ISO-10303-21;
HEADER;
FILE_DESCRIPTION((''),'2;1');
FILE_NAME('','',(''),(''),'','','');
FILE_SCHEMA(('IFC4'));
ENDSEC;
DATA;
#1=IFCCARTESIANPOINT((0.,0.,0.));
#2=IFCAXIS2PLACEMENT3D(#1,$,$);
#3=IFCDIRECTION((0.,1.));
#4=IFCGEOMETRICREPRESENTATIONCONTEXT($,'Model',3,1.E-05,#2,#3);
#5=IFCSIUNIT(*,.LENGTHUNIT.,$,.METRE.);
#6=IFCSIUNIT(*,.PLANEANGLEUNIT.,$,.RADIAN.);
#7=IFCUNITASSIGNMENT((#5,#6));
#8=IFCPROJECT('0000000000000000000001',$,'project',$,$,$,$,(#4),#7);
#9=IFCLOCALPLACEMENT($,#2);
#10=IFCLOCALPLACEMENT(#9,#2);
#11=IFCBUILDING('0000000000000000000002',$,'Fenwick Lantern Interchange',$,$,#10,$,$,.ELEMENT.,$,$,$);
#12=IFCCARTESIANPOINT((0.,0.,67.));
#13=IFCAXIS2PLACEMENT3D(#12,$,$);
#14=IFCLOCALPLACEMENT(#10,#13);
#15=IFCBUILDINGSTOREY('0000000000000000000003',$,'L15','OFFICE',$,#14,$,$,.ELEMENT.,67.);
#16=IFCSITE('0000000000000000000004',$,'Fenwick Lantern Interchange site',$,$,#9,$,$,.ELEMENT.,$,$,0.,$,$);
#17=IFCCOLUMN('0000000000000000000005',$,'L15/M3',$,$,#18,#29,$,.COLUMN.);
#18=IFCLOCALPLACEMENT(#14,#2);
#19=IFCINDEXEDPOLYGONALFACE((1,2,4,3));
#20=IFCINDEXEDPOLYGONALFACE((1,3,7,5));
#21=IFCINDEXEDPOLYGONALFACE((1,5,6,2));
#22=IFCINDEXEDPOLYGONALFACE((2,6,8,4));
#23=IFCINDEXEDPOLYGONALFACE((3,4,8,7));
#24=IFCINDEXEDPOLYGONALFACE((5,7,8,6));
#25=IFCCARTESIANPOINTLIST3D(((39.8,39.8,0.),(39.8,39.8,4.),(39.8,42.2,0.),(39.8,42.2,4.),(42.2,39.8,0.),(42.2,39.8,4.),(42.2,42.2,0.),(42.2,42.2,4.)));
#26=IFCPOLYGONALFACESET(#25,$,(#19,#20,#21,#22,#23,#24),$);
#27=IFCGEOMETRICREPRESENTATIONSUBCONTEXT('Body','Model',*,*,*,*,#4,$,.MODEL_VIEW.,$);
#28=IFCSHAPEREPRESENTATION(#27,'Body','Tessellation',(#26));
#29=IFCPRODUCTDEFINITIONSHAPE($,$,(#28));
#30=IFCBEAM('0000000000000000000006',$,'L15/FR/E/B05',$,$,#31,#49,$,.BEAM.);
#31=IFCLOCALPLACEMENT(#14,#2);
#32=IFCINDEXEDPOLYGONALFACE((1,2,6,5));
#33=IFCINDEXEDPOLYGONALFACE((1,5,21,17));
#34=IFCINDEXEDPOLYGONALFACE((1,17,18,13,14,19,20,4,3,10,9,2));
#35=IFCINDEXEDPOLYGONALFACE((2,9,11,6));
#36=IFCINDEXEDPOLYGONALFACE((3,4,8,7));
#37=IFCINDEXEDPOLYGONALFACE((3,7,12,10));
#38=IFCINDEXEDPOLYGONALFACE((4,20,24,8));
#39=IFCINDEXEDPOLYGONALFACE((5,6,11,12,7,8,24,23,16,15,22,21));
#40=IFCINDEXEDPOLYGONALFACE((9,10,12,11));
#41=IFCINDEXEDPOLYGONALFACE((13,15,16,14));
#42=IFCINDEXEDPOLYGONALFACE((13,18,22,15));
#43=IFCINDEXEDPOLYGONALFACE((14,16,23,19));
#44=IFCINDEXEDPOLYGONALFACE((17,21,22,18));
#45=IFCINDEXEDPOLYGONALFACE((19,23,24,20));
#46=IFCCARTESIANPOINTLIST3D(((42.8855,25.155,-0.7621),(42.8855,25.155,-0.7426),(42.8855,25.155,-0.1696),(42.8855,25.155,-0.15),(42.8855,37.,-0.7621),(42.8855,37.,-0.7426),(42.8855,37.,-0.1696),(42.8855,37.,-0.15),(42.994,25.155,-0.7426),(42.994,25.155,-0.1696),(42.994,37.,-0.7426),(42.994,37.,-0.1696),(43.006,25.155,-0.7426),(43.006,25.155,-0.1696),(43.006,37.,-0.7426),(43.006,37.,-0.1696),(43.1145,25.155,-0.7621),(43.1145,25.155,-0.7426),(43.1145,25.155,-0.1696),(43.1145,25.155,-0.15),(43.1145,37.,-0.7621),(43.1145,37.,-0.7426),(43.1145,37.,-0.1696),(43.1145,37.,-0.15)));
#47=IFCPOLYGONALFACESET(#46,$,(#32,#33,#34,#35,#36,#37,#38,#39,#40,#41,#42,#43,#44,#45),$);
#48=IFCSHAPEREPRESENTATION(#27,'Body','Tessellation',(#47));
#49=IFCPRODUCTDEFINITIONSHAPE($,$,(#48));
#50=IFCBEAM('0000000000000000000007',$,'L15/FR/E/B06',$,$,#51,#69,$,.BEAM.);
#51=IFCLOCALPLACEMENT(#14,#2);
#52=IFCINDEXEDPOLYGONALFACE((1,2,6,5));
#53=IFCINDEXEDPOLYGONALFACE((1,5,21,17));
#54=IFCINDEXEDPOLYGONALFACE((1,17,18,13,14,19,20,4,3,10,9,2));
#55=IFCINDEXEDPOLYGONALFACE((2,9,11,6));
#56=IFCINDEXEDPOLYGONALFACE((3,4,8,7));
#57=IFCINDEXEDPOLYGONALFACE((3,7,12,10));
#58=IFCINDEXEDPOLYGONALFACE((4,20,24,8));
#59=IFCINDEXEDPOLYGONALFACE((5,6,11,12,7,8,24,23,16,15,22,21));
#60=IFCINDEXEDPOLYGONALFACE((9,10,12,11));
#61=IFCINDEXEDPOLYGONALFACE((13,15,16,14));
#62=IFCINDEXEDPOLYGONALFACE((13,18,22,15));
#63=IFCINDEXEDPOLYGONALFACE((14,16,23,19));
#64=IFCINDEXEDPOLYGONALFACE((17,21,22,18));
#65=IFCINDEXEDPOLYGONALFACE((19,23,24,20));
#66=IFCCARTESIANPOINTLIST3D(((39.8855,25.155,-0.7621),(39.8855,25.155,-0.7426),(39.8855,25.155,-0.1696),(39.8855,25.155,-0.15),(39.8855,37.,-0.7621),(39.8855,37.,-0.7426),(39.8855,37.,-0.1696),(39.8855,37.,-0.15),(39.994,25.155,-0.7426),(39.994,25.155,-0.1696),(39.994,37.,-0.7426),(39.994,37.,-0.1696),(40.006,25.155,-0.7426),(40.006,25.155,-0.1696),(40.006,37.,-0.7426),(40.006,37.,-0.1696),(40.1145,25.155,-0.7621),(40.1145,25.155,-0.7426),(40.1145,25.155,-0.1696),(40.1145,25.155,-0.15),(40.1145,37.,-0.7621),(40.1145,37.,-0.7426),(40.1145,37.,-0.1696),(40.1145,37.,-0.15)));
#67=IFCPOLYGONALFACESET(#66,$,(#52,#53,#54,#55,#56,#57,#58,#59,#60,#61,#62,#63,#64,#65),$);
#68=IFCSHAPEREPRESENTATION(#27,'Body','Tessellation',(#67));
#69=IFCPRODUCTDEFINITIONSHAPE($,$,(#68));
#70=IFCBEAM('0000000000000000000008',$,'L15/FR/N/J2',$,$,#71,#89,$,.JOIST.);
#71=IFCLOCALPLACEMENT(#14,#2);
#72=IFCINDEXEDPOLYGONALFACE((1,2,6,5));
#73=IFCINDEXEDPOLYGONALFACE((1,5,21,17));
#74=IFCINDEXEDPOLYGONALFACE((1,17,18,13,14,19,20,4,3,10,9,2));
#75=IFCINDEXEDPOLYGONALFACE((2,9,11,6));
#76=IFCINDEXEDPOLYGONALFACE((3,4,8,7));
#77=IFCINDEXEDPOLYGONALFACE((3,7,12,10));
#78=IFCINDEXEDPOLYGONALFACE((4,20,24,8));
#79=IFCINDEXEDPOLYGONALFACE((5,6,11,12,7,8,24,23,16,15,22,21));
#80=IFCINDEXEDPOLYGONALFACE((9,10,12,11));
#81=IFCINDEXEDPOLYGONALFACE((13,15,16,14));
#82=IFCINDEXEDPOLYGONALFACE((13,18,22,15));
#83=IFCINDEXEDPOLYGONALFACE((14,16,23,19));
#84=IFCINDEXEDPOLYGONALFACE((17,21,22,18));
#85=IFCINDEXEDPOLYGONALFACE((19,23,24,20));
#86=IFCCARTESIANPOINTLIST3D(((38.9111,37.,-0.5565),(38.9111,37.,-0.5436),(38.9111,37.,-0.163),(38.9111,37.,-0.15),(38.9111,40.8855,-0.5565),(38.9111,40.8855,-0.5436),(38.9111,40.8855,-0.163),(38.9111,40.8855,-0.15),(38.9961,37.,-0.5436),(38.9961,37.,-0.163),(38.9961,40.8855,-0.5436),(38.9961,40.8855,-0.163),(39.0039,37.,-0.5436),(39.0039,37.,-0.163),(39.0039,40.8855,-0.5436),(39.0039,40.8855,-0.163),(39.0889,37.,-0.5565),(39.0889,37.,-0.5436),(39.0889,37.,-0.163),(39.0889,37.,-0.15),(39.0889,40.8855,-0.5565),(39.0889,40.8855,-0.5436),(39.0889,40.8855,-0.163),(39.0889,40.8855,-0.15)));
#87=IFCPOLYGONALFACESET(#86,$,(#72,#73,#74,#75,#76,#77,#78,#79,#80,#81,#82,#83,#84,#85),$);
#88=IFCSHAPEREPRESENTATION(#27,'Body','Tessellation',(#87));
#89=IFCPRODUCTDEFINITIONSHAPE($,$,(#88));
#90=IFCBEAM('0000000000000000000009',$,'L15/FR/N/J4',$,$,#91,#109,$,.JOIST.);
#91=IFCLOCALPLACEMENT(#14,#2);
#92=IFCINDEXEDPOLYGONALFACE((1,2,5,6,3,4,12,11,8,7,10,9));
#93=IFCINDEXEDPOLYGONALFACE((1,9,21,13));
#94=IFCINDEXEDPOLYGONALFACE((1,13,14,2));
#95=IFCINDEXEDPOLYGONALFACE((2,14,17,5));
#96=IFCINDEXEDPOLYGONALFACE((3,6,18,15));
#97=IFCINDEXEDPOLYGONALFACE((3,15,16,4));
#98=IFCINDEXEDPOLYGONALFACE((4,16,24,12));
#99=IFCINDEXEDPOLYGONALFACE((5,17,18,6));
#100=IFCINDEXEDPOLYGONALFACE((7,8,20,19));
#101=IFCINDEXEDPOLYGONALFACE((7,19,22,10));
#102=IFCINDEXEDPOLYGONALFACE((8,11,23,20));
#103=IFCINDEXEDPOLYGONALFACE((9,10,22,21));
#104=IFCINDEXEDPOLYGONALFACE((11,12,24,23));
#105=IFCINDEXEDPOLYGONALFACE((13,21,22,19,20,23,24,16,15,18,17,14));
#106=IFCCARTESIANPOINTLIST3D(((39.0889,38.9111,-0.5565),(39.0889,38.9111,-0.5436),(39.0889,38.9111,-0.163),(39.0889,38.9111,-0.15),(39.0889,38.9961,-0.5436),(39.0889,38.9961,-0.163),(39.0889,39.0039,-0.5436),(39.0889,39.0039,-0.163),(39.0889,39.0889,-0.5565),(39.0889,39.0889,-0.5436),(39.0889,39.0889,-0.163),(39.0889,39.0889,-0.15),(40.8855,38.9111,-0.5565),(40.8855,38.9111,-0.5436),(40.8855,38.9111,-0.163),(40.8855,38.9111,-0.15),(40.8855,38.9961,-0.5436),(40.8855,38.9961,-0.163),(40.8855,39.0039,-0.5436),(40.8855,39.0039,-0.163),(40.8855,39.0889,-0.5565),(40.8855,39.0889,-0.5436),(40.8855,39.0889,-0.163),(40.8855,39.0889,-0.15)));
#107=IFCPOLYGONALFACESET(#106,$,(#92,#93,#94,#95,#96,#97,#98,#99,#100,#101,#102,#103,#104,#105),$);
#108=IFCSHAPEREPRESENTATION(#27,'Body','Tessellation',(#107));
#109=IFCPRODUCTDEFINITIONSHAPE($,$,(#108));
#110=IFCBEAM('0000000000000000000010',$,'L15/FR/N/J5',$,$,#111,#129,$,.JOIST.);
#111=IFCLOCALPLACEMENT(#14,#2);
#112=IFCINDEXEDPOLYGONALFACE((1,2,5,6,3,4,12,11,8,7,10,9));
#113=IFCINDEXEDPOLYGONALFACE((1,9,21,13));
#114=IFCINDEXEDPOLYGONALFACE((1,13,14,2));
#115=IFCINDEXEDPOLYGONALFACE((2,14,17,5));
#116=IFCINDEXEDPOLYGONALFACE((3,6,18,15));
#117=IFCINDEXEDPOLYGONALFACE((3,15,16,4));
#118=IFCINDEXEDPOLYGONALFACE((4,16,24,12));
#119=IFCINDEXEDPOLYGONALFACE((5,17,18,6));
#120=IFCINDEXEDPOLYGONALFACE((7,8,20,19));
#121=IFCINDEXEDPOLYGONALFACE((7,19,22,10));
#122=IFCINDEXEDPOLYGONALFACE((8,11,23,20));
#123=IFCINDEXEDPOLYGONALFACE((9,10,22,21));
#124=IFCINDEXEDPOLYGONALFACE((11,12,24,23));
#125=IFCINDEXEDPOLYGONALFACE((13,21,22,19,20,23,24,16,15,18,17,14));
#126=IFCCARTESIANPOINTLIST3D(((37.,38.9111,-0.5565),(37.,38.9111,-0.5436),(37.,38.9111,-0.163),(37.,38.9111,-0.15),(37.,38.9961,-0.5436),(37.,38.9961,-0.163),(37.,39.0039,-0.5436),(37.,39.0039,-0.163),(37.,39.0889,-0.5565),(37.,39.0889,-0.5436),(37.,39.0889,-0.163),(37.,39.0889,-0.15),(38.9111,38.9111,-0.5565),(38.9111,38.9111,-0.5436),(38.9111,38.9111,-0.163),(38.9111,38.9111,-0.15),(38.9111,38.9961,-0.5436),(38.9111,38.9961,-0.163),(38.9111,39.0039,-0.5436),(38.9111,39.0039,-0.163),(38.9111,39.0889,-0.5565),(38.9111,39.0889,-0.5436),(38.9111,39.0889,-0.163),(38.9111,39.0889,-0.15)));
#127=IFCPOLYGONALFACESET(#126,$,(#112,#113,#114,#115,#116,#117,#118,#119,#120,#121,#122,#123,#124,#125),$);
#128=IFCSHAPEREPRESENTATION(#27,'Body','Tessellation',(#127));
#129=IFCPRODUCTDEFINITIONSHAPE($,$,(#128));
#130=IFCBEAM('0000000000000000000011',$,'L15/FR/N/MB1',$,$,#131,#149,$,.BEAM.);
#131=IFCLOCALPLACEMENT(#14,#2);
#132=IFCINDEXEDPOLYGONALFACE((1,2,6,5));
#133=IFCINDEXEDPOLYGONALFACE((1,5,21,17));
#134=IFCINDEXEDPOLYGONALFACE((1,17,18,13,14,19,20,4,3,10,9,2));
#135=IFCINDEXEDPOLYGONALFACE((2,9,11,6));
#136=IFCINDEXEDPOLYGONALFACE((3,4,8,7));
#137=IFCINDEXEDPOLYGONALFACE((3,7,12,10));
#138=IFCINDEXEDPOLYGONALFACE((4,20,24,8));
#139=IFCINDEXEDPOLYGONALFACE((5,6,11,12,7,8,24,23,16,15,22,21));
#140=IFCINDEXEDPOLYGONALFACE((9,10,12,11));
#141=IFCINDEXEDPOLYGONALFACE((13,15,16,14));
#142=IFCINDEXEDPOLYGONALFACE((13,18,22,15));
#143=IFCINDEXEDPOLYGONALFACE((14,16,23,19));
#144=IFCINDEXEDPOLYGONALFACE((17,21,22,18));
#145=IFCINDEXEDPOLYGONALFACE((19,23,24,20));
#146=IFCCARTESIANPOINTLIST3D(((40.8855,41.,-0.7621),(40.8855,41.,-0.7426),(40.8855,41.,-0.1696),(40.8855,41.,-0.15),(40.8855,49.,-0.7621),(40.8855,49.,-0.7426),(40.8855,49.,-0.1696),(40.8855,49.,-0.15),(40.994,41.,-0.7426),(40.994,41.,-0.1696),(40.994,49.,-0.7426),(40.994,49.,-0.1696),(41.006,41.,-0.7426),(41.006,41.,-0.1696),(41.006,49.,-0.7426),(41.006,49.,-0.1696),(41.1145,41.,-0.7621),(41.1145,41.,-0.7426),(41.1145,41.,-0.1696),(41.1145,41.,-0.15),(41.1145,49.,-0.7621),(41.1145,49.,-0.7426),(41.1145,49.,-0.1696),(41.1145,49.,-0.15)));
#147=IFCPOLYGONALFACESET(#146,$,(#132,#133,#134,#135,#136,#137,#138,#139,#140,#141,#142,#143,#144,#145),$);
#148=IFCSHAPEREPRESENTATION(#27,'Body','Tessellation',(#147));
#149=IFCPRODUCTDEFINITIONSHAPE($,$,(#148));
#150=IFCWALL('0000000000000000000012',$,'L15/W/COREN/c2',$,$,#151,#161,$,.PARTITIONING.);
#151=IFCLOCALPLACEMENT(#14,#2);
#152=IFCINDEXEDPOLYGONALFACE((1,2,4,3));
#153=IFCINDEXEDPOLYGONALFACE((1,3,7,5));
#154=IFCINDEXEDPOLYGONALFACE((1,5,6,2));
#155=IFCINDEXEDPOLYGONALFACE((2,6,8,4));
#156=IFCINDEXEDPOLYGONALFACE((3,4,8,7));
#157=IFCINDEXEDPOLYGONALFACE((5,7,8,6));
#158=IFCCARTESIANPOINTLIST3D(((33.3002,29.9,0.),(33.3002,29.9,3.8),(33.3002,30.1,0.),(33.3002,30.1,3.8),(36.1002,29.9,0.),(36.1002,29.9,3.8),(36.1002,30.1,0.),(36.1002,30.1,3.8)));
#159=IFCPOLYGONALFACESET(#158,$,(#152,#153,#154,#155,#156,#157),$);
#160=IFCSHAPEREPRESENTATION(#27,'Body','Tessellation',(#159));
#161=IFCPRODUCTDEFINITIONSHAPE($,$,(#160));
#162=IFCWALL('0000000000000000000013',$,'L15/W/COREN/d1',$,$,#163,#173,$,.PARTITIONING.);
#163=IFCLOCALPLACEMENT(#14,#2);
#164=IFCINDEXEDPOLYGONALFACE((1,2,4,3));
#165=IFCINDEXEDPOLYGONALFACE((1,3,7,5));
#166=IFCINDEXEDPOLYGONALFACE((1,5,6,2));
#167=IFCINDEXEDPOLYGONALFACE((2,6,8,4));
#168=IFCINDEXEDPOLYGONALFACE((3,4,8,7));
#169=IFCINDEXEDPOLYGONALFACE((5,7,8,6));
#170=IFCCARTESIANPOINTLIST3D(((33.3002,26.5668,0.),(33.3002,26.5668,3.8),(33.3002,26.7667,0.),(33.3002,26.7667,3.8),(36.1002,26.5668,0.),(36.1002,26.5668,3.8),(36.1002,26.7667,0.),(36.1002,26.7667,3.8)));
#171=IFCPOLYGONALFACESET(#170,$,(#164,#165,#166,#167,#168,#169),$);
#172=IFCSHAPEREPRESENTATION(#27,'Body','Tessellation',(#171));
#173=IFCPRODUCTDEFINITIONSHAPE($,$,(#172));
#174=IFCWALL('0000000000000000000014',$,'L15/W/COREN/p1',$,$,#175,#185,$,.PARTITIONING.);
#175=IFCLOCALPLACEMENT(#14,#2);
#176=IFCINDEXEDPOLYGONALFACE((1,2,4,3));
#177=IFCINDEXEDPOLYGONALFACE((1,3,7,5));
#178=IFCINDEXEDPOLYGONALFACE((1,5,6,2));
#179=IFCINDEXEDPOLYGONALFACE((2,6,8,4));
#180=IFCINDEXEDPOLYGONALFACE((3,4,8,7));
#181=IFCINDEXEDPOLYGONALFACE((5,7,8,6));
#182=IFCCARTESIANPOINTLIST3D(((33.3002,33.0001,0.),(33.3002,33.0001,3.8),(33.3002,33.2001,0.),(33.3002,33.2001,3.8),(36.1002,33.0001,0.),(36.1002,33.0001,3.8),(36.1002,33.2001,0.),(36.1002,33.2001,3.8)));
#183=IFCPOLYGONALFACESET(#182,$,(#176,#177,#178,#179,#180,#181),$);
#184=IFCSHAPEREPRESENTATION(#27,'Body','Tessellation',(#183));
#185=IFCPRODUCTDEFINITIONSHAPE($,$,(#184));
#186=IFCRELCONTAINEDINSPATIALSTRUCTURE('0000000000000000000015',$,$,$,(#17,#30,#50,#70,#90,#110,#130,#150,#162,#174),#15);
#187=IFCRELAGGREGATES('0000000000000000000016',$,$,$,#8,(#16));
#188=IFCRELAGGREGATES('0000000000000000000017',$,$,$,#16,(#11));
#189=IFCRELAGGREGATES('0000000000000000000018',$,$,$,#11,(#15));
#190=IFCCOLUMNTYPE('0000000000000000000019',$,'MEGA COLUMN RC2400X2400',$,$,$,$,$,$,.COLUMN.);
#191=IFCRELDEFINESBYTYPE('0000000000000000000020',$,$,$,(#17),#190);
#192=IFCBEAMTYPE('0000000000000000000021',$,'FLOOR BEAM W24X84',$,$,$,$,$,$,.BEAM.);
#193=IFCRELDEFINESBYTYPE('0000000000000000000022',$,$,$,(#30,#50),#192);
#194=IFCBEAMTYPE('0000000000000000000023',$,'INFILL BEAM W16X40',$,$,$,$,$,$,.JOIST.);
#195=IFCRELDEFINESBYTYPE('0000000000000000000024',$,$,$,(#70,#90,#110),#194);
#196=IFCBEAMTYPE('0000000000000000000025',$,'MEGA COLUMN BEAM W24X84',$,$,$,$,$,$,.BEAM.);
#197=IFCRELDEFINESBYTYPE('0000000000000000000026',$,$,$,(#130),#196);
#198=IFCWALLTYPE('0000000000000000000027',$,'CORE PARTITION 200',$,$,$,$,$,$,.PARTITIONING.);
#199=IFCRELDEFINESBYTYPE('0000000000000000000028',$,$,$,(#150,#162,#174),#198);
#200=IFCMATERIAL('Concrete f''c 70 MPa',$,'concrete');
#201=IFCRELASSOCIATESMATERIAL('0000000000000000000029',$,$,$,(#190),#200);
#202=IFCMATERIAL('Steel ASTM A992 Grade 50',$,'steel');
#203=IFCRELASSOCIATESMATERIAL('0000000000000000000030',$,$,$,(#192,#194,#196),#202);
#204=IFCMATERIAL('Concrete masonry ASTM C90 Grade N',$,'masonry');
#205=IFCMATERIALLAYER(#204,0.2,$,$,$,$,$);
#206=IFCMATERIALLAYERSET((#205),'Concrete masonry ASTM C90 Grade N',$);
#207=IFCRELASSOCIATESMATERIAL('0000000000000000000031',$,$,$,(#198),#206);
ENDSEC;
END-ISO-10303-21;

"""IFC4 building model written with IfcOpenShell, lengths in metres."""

from ifc_helpers import new_model, si_unit, direction, frame, frame_2d, origin, origin_2d, place, context, subcontext, project, spatial, rectangle, i_section, extrude, material, layer, layer_set, material_profile, profile_set, type_object, element, save


model = new_model("IFC4")

# Units and contexts
model_context = context("Model", 3, precision=1e-05, world=origin(), true_north=direction((0.0, 1.0)))
body_context = subcontext(model_context, "Body", "Model", "MODEL_VIEW")
ifc_project = project(units=[si_unit("LENGTHUNIT", "METRE"), si_unit("PLANEANGLEUNIT", "RADIAN")], contexts=[model_context])

# Site, building, storey
site_placement = place(None, origin())
site = spatial("IfcSite", under=ifc_project, at=site_placement, Name="Fenwick Lantern Interchange site", CompositionType="ELEMENT", RefElevation=0.0)
building_placement = place(site_placement, origin())
building = spatial("IfcBuilding", under=site, at=building_placement, Name="Fenwick Lantern Interchange", CompositionType="ELEMENT")
storey_placement = place(building_placement, frame((0.0, 0.0, 67.0)))
storey = spatial("IfcBuildingStorey", under=building, at=storey_placement, Name="L15", Description="OFFICE", CompositionType="ELEMENT", Elevation=67.0)

# Column
ifc_material_1 = material(Name="Concrete f'c 70 MPa", Category="concrete")
ifc_material_profile_1 = material_profile(ifc_material_1, rectangle(XDim=2.3999, YDim=2.3999, at=origin_2d()), Name="RC2400X2400")
ifc_profile_set_1 = profile_set([ifc_material_profile_1], Name="Concrete f'c 70 MPa")
column_type = type_object("IfcColumnType", Name="MEGA COLUMN RC2400X2400", PredefinedType="COLUMN", material=ifc_profile_set_1)
column_placement = place(storey_placement, frame((41.0, 41.0, 0.0), z_axis=(0.0, 0.0, 1.0), x_axis=(1.0, 0.0, 0.0)))
element("IfcColumn", 1, at=column_placement, inside=storey, type_object=column_type, Name="L15/M3", PredefinedType="COLUMN", context=body_context, shape_type="SweptSolid", body=[
    extrude(rectangle(XDim=2.3999, YDim=2.3999, at=origin_2d()), origin(), (0.0, 0.0, 1.0), 4.0),
])

# Beams
ifc_material_2 = material(Name="Steel ASTM A992 Grade 50", Category="steel")
ifc_material_profile_2 = material_profile(ifc_material_2, i_section(OverallWidth=0.229, OverallDepth=0.6121, WebThickness=0.012, FlangeThickness=0.0195, at=origin_2d()), Name="W24X84")
ifc_profile_set_2 = profile_set([ifc_material_profile_2], Name="Steel ASTM A992 Grade 50")
beam_type_1 = type_object("IfcBeamType", Name="FLOOR BEAM W24X84", PredefinedType="BEAM", material=ifc_profile_set_2)
for number, where, z_axis, x_axis, name in (
    (2, (43.0, 25.155, -0.4561), (0.0, 1.0, 0.0), (-1.0, 0.0, 0.0), "L15/FR/E/B05"),
    (3, (40.0, 25.155, -0.4561), (0.0, 1.0, 0.0), (-1.0, 0.0, 0.0), "L15/FR/E/B06"),
):
    element("IfcBeam", number, at=place(storey_placement, frame(where, z_axis=z_axis, x_axis=x_axis)), inside=storey, type_object=beam_type_1, Name=name, PredefinedType="BEAM", context=body_context, shape_type="SweptSolid", body=[
        extrude(i_section(OverallWidth=0.229, OverallDepth=0.6121, WebThickness=0.012, FlangeThickness=0.0195, at=origin_2d()), origin(), (0.0, 0.0, 1.0), 11.845),
    ])
ifc_material_profile_3 = material_profile(ifc_material_2, i_section(OverallWidth=0.1777, OverallDepth=0.4065, WebThickness=0.0078, FlangeThickness=0.0129, at=origin_2d()), Name="W16X40")
ifc_profile_set_3 = profile_set([ifc_material_profile_3], Name="Steel ASTM A992 Grade 50")
beam_type_2 = type_object("IfcBeamType", Name="INFILL BEAM W16X40", PredefinedType="JOIST", material=ifc_profile_set_3)
beam_1_placement = place(storey_placement, frame((39.0, 40.8855, -0.3533), z_axis=(0.0, -1.0, 0.0), x_axis=(1.0, 0.0, 0.0)))
element("IfcBeam", 4, at=beam_1_placement, inside=storey, type_object=beam_type_2, Name="L15/FR/N/J2", PredefinedType="JOIST", context=body_context, shape_type="SweptSolid", body=[
    extrude(i_section(OverallWidth=0.1777, OverallDepth=0.4065, WebThickness=0.0078, FlangeThickness=0.0129, at=origin_2d()), origin(), (0.0, 0.0, 1.0), 3.8855),
])
beam_2_placement = place(storey_placement, frame((40.8855, 39.0, -0.3533), z_axis=(-1.0, 0.0, 0.0), x_axis=(0.0, -1.0, 0.0)))
element("IfcBeam", 5, at=beam_2_placement, inside=storey, type_object=beam_type_2, Name="L15/FR/N/J4", PredefinedType="JOIST", context=body_context, shape_type="SweptSolid", body=[
    extrude(i_section(OverallWidth=0.1777, OverallDepth=0.4065, WebThickness=0.0078, FlangeThickness=0.0129, at=origin_2d()), origin(), (0.0, 0.0, 1.0), 1.7966),
])
beam_3_placement = place(storey_placement, frame((38.9111, 39.0, -0.3533), z_axis=(-1.0, 0.0, 0.0), x_axis=(0.0, -1.0, 0.0)))
element("IfcBeam", 6, at=beam_3_placement, inside=storey, type_object=beam_type_2, Name="L15/FR/N/J5", PredefinedType="JOIST", context=body_context, shape_type="SweptSolid", body=[
    extrude(i_section(OverallWidth=0.1777, OverallDepth=0.4065, WebThickness=0.0078, FlangeThickness=0.0129, at=origin_2d()), origin(), (0.0, 0.0, 1.0), 1.9111),
])
ifc_material_profile_4 = material_profile(ifc_material_2, i_section(OverallWidth=0.229, OverallDepth=0.6121, WebThickness=0.012, FlangeThickness=0.0195, at=origin_2d()), Name="W24X84")
ifc_profile_set_4 = profile_set([ifc_material_profile_4], Name="Steel ASTM A992 Grade 50")
beam_type_3 = type_object("IfcBeamType", Name="MEGA COLUMN BEAM W24X84", PredefinedType="BEAM", material=ifc_profile_set_4)
beam_4_placement = place(storey_placement, frame((41.0, 41.0, -0.4561), z_axis=(0.0, 1.0, 0.0), x_axis=(-1.0, 0.0, 0.0)))
element("IfcBeam", 7, at=beam_4_placement, inside=storey, type_object=beam_type_3, Name="L15/FR/N/MB1", PredefinedType="BEAM", context=body_context, shape_type="SweptSolid", body=[
    extrude(i_section(OverallWidth=0.229, OverallDepth=0.6121, WebThickness=0.012, FlangeThickness=0.0195, at=origin_2d()), origin(), (0.0, 0.0, 1.0), 8.0),
])

# Walls
ifc_material_3 = material(Name="Concrete masonry ASTM C90 Grade N", Category="masonry")
ifc_layer_1 = layer(ifc_material_3, 0.2)
ifc_layer_set_1 = layer_set([ifc_layer_1], Name="Concrete masonry ASTM C90 Grade N")
wall_type_1 = type_object("IfcWallType", Name="CORE PARTITION 200", PredefinedType="PARTITIONING", material=ifc_layer_set_1)
for number, where, z_axis, x_axis, name in (
    (8, (36.1001, 30.0, 0.0), (0.0, 0.0, 1.0), (-1.0, 0.0, 0.0), "L15/W/COREN/c2"),
    (9, (36.1001, 26.6667, 0.0), (0.0, 0.0, 1.0), (-1.0, 0.0, 0.0), "L15/W/COREN/d1"),
    (10, (36.1001, 33.1001, 0.0), (0.0, 0.0, 1.0), (-1.0, 0.0, 0.0), "L15/W/COREN/p1"),
):
    element("IfcWall", number, at=place(storey_placement, frame(where, z_axis=z_axis, x_axis=x_axis)), inside=storey, type_object=wall_type_1, Name=name, PredefinedType="PARTITIONING", context=body_context, shape_type="SweptSolid", body=[
        extrude(rectangle(XDim=2.8, YDim=0.2, at=frame_2d((1.3999, 0.0))), origin(), (0.0, 0.0, 1.0), 3.8),
    ])

save(model, "model.ifc")
